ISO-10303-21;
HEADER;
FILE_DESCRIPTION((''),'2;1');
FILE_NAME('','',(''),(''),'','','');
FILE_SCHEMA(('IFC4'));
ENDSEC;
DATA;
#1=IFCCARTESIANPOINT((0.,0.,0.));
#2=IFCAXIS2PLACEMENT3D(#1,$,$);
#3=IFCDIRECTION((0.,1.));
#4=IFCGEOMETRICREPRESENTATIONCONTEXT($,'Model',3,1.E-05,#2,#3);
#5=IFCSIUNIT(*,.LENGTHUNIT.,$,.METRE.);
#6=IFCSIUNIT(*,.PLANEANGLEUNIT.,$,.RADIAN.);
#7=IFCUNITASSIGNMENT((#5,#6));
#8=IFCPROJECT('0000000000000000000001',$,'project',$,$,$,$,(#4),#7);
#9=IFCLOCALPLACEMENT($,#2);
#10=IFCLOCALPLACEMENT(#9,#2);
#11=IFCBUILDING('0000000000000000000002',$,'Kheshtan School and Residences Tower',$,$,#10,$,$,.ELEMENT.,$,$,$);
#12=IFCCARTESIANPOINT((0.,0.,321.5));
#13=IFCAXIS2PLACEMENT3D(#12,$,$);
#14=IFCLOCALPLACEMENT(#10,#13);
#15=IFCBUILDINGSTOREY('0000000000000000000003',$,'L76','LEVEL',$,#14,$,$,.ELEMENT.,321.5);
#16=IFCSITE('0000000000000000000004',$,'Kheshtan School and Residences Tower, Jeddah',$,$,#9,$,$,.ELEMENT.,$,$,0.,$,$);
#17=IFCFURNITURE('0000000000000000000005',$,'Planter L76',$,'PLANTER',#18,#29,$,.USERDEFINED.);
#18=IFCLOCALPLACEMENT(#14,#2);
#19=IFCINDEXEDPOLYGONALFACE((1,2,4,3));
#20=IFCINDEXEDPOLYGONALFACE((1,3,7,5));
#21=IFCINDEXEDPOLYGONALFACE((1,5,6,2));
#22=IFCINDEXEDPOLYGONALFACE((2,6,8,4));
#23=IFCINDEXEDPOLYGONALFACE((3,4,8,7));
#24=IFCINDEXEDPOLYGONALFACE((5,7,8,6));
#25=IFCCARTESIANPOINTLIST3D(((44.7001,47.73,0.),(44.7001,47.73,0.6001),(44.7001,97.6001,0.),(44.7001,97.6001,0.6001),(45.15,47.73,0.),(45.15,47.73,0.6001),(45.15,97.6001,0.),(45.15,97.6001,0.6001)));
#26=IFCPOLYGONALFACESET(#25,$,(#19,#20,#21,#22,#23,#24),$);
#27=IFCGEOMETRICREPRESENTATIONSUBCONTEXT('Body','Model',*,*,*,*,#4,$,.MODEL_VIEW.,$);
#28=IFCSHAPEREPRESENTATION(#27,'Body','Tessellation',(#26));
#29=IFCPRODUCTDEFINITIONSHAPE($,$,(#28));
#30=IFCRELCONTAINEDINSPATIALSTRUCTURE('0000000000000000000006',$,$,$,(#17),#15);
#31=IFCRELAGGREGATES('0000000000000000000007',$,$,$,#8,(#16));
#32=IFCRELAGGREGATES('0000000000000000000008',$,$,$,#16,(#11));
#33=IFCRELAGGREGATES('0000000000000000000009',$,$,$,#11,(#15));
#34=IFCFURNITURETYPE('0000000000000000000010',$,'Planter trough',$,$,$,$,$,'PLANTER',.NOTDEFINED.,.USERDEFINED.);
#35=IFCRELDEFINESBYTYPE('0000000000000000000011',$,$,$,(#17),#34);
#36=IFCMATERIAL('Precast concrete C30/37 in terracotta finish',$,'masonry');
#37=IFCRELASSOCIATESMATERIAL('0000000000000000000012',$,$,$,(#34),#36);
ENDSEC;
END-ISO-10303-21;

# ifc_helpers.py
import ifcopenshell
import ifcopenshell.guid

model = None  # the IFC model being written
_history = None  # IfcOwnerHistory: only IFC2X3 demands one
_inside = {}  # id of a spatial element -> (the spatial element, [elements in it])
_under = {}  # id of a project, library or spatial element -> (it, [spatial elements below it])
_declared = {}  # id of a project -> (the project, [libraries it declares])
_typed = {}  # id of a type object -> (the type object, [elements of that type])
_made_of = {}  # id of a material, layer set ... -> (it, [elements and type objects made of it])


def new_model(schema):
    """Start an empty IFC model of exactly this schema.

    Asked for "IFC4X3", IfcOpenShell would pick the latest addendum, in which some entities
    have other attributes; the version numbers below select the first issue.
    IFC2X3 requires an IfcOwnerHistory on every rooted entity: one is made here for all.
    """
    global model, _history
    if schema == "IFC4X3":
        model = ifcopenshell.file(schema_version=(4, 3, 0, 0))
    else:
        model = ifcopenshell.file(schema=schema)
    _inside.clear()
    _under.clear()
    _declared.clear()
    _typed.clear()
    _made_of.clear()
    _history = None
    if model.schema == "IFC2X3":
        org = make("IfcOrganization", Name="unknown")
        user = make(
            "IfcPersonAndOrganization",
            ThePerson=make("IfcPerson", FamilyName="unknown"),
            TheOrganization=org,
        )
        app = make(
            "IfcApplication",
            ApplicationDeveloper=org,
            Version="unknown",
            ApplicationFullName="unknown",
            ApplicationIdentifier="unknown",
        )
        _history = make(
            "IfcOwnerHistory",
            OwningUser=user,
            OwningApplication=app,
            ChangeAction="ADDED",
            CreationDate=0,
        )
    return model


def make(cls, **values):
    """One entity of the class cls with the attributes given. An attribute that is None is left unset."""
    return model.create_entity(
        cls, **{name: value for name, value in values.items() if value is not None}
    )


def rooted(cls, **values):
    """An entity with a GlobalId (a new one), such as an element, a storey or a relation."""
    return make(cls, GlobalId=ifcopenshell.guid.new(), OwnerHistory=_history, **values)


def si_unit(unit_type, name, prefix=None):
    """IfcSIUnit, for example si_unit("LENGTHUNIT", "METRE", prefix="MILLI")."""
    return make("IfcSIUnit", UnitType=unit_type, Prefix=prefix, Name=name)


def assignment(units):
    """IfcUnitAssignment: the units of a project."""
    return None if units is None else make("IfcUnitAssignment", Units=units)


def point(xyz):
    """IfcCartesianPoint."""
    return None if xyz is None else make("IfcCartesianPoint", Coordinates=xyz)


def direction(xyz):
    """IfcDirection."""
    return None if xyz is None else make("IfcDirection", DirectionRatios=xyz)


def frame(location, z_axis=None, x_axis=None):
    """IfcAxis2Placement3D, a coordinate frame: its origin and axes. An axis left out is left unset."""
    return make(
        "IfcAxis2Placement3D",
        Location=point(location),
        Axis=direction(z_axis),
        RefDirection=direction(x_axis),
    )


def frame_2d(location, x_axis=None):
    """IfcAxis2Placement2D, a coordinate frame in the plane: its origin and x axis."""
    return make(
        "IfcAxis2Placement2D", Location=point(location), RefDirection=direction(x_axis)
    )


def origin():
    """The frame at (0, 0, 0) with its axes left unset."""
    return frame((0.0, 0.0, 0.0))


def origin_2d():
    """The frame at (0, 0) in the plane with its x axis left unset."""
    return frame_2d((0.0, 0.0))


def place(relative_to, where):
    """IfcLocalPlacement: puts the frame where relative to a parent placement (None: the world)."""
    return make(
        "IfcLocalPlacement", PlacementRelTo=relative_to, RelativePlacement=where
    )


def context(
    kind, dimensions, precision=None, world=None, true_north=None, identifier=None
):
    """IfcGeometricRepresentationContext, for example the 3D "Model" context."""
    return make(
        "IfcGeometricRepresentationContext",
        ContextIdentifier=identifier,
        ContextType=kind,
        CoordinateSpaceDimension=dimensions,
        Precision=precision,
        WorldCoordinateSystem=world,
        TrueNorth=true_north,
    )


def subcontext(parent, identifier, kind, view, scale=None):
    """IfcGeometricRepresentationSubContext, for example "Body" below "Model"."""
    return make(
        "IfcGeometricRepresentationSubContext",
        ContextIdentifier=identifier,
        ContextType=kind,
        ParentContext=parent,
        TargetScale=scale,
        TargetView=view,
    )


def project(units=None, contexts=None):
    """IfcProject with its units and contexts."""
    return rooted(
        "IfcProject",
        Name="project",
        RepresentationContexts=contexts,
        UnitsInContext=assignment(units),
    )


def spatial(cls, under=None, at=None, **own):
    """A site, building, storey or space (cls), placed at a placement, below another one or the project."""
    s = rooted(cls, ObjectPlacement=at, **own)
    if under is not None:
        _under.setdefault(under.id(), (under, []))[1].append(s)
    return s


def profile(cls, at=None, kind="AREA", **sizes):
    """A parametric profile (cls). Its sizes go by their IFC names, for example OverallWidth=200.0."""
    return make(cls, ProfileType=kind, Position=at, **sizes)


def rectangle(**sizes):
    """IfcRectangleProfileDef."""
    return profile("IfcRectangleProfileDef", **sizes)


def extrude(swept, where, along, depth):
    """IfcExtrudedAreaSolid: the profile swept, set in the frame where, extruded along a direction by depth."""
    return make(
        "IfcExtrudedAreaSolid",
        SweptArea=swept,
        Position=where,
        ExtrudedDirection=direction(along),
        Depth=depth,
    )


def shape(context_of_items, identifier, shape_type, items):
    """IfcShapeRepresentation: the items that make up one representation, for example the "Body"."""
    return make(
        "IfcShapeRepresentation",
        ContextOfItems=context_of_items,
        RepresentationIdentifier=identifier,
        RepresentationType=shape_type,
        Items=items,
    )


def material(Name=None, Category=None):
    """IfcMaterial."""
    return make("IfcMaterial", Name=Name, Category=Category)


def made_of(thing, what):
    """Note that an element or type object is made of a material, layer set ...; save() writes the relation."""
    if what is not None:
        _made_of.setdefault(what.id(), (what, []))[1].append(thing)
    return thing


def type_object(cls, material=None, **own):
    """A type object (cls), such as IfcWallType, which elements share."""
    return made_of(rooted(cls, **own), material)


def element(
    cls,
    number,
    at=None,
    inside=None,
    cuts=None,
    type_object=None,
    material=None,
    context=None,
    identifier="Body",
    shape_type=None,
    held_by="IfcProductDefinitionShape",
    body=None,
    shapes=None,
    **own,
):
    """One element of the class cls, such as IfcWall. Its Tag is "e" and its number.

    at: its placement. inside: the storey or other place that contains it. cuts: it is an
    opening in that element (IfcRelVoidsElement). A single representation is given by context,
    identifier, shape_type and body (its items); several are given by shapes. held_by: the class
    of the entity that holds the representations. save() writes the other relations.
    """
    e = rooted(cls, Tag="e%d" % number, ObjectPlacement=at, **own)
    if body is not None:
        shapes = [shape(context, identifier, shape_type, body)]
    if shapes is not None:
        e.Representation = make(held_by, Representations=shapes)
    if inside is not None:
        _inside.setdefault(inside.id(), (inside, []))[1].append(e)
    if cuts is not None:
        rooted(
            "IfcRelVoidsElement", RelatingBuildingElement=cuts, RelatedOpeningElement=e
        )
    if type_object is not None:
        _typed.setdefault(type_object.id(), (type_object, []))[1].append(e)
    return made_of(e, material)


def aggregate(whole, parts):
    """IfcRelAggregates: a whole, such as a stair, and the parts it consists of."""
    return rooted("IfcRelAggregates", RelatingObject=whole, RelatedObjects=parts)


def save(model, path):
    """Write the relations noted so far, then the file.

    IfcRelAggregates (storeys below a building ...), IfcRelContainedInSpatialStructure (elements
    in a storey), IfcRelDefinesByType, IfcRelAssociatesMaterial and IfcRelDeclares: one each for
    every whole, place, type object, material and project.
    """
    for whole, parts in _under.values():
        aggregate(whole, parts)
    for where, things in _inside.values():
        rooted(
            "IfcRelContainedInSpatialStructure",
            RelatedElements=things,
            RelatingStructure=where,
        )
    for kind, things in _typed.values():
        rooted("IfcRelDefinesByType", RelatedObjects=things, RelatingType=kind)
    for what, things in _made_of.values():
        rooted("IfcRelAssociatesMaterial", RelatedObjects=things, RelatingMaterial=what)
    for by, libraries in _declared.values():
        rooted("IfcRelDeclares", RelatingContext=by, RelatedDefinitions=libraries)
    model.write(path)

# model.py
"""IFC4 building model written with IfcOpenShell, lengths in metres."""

from ifc_helpers import new_model, si_unit, direction, frame, origin, origin_2d, place, context, subcontext, project, spatial, rectangle, extrude, material, type_object, element, save


model = new_model("IFC4")

# Units and contexts
model_context = context("Model", 3, precision=1e-05, world=origin(), true_north=direction((0.0, 1.0)))
body_context = subcontext(model_context, "Body", "Model", "MODEL_VIEW")
ifc_project = project(units=[si_unit("LENGTHUNIT", "METRE"), si_unit("PLANEANGLEUNIT", "RADIAN")], contexts=[model_context])

# Site, building, storey
site_placement = place(None, origin())
site = spatial("IfcSite", under=ifc_project, at=site_placement, Name="Kheshtan School and Residences Tower, Jeddah", CompositionType="ELEMENT", RefElevation=0.0)
building_placement = place(site_placement, origin())
building = spatial("IfcBuilding", under=site, at=building_placement, Name="Kheshtan School and Residences Tower", CompositionType="ELEMENT")
storey_placement = place(building_placement, frame((0.0, 0.0, 321.5)))
storey = spatial("IfcBuildingStorey", under=building, at=storey_placement, Name="L76", Description="LEVEL", CompositionType="ELEMENT", Elevation=321.5)

# Furniture
ifc_material_1 = material(Name="Precast concrete C30/37 in terracotta finish", Category="masonry")
furniture_type = type_object("IfcFurnitureType", Name="Planter trough", ElementType="PLANTER", AssemblyPlace="NOTDEFINED", PredefinedType="USERDEFINED", material=ifc_material_1)
furniture_placement = place(storey_placement, frame((44.925, 72.665, 0.0), z_axis=(0.0, 0.0, 1.0), x_axis=(0.0, -1.0, 0.0)))
element("IfcFurniture", 1, at=furniture_placement, inside=storey, type_object=furniture_type, Name="Planter L76", ObjectType="PLANTER", PredefinedType="USERDEFINED", context=body_context, shape_type="SweptSolid", body=[
    extrude(rectangle(XDim=49.8701, YDim=0.45, at=origin_2d()), origin(), (0.0, 0.0, 1.0), 0.6001),
])

save(model, "model.ifc")
